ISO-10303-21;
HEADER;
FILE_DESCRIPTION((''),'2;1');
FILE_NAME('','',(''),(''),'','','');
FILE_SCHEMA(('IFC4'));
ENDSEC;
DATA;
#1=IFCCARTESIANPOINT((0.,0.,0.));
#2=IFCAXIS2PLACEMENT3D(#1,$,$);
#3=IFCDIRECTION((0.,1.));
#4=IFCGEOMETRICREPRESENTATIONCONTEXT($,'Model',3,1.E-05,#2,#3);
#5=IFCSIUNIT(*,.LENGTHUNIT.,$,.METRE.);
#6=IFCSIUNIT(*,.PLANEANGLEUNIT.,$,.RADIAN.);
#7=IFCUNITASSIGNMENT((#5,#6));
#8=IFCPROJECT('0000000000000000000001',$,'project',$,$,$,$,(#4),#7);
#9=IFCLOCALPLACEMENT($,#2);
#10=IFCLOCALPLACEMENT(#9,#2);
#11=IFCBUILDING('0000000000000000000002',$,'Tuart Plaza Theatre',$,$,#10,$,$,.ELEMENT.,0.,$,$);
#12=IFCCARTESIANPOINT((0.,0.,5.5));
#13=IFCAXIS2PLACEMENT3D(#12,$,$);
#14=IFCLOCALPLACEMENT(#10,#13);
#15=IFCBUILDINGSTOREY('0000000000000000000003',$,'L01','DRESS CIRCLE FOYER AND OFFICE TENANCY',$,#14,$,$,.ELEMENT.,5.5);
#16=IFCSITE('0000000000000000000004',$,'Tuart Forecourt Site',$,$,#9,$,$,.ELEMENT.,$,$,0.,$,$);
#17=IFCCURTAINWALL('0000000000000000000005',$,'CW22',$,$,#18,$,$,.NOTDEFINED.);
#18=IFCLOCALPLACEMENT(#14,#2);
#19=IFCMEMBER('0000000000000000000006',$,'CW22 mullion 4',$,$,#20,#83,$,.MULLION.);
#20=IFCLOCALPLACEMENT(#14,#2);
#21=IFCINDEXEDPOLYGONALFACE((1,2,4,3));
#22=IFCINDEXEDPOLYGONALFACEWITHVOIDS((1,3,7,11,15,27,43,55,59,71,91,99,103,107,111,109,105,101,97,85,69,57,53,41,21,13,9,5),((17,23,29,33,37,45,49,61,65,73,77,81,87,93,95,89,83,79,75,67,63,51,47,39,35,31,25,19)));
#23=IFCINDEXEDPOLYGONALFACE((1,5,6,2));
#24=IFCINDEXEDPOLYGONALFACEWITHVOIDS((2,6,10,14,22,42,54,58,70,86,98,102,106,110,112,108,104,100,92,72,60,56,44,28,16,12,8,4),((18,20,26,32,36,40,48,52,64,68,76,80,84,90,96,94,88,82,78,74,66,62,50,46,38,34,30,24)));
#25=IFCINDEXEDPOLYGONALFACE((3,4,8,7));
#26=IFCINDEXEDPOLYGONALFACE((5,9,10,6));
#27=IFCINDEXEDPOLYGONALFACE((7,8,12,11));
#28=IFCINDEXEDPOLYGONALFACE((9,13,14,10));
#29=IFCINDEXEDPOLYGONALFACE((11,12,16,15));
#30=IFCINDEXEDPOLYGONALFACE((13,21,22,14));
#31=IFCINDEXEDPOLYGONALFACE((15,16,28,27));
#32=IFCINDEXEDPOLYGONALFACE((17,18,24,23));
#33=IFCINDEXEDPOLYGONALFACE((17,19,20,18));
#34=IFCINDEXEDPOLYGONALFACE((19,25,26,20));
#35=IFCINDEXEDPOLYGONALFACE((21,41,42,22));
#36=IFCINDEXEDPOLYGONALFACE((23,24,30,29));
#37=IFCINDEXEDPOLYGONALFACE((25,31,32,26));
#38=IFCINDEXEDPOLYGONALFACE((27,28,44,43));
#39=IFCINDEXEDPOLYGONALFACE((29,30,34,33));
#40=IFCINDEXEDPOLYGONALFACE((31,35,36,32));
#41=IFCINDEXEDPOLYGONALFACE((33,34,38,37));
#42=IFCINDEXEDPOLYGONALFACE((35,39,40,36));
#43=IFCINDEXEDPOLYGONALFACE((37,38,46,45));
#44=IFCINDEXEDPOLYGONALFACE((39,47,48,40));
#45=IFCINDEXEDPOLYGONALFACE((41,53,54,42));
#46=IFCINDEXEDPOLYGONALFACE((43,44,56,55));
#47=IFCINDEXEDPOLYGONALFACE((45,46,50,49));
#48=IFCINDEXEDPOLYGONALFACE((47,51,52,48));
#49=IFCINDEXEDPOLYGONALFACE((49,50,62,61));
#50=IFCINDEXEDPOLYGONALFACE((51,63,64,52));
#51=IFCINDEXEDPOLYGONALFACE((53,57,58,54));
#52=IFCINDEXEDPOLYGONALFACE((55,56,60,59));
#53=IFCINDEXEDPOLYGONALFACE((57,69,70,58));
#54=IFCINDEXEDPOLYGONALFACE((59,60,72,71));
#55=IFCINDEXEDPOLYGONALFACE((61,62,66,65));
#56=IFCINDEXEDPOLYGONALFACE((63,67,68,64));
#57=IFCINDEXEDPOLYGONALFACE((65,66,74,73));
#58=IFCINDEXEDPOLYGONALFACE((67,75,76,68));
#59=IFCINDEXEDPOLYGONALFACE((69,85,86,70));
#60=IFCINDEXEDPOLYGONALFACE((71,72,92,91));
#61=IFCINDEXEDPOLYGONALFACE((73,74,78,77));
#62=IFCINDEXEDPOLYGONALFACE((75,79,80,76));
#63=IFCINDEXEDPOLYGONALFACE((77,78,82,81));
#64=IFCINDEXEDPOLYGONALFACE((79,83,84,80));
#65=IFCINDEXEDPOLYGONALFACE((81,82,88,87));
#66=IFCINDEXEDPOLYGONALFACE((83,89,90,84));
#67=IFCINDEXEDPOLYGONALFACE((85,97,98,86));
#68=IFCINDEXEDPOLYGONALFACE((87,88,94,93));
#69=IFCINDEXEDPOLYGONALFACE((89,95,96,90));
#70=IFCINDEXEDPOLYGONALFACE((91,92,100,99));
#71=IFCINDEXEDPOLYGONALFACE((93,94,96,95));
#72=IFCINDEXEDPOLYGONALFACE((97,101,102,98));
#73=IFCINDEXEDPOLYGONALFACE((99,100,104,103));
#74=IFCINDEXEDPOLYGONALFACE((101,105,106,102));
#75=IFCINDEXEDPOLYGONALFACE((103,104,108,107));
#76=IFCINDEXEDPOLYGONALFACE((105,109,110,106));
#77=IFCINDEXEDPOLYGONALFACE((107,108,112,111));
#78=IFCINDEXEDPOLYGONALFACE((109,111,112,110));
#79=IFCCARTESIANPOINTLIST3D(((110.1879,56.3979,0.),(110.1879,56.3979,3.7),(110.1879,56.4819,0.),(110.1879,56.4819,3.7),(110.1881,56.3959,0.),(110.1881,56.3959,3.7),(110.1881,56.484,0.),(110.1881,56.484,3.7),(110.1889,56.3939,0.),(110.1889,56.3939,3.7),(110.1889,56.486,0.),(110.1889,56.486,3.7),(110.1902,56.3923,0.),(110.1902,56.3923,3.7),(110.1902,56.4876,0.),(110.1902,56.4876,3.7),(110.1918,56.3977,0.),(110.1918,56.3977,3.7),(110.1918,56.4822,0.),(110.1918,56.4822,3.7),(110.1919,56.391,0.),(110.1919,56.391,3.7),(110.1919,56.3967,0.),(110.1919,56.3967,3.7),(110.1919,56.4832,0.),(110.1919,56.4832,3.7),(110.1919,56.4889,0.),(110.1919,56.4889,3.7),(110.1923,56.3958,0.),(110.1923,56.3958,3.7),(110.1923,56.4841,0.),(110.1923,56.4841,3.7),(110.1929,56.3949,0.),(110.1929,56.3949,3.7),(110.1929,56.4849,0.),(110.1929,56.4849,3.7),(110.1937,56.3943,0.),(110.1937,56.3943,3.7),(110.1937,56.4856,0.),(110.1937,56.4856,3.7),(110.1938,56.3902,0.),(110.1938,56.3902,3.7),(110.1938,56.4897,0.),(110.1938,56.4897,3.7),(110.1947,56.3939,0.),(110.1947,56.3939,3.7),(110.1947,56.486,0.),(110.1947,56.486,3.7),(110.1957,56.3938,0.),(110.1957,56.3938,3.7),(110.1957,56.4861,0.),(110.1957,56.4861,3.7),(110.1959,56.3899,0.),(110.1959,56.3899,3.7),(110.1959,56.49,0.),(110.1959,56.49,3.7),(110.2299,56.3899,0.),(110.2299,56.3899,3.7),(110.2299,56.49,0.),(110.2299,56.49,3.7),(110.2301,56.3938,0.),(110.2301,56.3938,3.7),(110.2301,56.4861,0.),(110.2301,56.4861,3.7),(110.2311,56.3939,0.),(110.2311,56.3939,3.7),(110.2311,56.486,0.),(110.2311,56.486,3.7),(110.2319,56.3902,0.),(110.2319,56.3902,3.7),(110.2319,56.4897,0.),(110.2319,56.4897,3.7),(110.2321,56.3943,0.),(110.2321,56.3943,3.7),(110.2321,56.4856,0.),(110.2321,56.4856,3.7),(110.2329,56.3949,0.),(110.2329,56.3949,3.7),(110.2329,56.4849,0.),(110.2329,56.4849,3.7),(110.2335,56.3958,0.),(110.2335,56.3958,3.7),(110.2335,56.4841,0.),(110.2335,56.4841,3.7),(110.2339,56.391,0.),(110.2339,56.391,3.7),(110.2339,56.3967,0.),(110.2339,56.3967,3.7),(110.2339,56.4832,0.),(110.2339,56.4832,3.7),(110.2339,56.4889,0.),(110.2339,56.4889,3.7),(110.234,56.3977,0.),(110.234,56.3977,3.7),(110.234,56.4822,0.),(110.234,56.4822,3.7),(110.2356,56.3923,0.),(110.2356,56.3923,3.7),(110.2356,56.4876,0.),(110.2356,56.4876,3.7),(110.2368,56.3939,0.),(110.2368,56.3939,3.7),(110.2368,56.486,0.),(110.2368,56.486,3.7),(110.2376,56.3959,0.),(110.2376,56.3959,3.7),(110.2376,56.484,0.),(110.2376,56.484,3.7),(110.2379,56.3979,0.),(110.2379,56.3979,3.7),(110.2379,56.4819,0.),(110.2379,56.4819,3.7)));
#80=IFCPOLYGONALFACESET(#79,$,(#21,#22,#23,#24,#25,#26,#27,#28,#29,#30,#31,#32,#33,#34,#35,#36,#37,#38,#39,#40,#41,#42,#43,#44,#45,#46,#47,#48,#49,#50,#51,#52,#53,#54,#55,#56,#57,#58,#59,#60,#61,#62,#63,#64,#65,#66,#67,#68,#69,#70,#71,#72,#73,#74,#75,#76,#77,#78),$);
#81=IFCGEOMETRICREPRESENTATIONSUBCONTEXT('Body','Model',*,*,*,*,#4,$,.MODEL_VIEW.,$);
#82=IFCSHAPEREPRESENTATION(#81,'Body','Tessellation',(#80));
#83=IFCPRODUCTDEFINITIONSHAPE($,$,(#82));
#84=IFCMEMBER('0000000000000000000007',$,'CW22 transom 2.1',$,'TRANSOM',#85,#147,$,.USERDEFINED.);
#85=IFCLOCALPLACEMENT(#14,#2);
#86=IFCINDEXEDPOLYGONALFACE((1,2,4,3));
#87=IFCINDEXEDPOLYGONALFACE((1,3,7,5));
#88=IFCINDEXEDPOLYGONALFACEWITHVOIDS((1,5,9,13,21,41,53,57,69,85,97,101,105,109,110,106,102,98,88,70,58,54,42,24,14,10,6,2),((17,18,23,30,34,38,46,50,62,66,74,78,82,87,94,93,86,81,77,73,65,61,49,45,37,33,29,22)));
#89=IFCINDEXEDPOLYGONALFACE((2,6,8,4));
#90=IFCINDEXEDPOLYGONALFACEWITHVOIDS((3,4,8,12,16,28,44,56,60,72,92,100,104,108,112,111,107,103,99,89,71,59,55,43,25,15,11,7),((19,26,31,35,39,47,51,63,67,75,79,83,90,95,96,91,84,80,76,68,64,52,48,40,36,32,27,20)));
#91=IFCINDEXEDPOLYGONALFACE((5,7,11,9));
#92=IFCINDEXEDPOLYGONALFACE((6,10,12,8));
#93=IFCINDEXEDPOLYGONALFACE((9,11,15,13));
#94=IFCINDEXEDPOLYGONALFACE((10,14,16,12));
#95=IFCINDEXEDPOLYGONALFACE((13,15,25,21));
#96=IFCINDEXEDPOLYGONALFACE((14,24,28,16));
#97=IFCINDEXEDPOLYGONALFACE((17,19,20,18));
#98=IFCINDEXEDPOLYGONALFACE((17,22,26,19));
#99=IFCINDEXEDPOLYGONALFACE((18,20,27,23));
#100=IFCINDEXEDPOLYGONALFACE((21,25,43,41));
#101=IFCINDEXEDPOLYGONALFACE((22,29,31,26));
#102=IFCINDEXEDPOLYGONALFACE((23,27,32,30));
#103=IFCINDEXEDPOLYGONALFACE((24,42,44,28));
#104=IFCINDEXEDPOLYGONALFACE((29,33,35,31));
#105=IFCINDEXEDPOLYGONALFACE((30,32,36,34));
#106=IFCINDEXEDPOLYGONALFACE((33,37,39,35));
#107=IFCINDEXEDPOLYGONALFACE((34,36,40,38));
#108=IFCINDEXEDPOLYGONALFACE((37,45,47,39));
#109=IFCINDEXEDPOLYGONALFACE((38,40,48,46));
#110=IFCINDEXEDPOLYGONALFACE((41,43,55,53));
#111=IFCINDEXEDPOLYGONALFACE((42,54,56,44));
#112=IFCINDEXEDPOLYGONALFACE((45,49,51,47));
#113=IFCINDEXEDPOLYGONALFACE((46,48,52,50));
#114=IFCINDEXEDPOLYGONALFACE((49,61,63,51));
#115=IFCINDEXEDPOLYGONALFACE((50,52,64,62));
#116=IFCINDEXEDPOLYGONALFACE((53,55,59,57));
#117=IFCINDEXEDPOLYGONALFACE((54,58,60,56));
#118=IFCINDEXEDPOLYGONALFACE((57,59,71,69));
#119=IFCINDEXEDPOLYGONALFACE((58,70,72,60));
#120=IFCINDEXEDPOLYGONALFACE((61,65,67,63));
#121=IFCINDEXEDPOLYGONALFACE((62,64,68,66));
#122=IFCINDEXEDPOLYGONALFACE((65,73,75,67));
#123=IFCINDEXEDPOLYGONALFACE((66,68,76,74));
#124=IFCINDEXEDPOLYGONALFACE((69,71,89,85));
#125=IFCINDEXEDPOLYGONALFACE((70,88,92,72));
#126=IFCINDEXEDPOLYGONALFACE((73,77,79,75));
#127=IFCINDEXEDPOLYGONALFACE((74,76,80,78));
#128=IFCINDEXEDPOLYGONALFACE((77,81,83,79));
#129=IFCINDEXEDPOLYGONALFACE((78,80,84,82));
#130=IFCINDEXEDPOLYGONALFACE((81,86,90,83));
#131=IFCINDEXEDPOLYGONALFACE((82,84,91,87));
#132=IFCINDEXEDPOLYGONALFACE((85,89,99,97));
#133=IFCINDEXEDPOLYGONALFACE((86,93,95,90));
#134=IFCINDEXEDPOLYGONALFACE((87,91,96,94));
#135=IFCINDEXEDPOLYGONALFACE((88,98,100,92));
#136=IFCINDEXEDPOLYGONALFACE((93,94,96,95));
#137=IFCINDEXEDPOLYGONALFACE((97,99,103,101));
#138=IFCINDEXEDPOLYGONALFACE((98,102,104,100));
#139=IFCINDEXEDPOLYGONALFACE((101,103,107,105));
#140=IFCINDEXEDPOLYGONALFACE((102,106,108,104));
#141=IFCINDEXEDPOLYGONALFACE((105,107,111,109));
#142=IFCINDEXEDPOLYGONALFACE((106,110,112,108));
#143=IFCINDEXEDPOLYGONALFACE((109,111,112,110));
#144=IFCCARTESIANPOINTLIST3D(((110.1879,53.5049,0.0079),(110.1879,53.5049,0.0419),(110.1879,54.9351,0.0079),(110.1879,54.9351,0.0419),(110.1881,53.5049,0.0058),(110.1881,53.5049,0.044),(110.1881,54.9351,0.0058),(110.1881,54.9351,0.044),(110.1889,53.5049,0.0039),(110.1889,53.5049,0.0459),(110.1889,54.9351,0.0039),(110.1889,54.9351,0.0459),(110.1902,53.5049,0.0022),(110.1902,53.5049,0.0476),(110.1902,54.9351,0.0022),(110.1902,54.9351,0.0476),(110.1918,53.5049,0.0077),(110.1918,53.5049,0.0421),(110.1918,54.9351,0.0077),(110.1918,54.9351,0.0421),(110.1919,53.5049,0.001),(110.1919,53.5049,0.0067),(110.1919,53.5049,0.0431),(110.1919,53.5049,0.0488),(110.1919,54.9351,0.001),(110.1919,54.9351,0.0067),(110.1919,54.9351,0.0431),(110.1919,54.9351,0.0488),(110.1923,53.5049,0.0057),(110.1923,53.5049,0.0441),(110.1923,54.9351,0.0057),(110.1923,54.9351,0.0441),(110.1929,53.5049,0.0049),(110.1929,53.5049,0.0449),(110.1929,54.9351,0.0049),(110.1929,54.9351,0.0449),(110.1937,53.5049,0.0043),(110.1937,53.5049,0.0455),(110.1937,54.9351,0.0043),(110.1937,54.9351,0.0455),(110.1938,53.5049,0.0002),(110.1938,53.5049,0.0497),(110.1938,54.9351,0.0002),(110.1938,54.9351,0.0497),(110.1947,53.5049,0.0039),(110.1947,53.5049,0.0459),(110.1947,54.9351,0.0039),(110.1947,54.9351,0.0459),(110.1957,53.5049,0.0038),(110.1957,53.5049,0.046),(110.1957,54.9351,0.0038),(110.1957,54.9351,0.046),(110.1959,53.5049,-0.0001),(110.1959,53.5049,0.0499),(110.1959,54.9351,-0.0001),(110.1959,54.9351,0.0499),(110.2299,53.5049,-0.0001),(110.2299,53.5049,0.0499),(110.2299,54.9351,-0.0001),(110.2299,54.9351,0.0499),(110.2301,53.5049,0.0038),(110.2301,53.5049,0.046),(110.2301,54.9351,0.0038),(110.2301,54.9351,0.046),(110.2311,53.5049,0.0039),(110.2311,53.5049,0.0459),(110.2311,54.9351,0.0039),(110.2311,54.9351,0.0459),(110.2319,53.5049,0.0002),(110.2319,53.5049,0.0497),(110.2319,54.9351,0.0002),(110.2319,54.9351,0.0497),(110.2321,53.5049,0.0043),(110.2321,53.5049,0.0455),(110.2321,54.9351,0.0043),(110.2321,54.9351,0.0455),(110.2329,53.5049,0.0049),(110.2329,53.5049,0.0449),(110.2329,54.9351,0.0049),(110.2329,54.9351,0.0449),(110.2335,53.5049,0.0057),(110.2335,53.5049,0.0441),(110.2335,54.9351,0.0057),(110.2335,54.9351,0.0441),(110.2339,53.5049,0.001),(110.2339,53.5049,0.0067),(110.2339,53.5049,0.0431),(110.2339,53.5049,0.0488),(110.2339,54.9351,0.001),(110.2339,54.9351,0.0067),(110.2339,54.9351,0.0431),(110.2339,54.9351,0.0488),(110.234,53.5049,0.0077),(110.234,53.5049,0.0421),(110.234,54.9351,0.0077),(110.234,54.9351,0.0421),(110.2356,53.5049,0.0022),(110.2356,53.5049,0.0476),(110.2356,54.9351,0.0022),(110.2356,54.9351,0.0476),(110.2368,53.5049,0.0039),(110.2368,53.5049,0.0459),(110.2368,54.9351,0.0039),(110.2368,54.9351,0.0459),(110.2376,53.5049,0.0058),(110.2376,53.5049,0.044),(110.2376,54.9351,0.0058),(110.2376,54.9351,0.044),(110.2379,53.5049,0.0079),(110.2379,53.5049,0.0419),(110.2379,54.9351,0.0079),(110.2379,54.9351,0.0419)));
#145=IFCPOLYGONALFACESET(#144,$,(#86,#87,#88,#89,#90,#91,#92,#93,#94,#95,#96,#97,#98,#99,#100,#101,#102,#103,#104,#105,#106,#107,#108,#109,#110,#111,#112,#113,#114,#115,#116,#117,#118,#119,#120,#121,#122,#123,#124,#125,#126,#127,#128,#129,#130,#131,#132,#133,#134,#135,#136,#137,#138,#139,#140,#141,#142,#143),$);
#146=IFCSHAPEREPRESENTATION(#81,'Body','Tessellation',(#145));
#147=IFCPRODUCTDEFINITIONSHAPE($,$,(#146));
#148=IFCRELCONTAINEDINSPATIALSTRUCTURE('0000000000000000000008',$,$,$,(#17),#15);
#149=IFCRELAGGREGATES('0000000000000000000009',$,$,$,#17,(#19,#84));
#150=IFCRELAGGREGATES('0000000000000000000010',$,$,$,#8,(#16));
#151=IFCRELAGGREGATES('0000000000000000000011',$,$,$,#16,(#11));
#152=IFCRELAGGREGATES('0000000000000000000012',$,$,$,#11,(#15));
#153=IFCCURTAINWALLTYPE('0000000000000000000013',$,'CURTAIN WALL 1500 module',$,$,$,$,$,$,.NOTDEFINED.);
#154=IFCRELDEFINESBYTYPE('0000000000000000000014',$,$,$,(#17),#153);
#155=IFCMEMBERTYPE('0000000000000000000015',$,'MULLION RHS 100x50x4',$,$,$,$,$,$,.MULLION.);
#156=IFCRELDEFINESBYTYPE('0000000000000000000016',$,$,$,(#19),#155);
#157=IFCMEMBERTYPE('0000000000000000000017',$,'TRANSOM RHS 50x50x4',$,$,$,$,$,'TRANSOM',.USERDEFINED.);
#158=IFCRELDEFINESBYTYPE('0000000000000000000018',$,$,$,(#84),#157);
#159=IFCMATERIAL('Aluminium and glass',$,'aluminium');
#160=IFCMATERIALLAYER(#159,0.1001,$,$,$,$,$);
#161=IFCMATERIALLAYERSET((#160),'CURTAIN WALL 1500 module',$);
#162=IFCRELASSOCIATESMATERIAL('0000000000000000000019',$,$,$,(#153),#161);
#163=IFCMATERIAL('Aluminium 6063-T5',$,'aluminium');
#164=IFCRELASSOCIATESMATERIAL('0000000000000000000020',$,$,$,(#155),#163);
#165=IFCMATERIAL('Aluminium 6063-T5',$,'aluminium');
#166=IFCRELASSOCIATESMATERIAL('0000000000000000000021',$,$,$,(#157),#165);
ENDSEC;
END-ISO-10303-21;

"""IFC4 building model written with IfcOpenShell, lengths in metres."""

from ifc_helpers import new_model, si_unit, direction, frame, origin, origin_2d, place, context, subcontext, project, spatial, hollow_rectangle, extrude, material, layer, layer_set, material_profile, profile_set, type_object, element, aggregate, save


model = new_model("IFC4")

# Units and contexts
model_context = context("Model", 3, precision=1e-05, world=origin(), true_north=direction((0.0, 1.0)))
body_context = subcontext(model_context, "Body", "Model", "MODEL_VIEW")
ifc_project = project(units=[si_unit("LENGTHUNIT", "METRE"), si_unit("PLANEANGLEUNIT", "RADIAN")], contexts=[model_context])

# Site, building, storey
site_placement = place(None, origin())
site = spatial("IfcSite", under=ifc_project, at=site_placement, Name="Tuart Forecourt Site", CompositionType="ELEMENT", RefElevation=0.0)
building_placement = place(site_placement, origin())
building = spatial("IfcBuilding", under=site, at=building_placement, Name="Tuart Plaza Theatre", CompositionType="ELEMENT", ElevationOfRefHeight=0.0)
storey_placement = place(building_placement, frame((0.0, 0.0, 5.5)))
storey = spatial("IfcBuildingStorey", under=building, at=storey_placement, Name="L01", Description="DRESS CIRCLE FOYER AND OFFICE TENANCY", CompositionType="ELEMENT", Elevation=5.5)

# Curtain wall, members
ifc_material_1 = material(Name="Aluminium and glass", Category="aluminium")
ifc_layer_1 = layer(ifc_material_1, 0.1001)
ifc_layer_set_1 = layer_set([ifc_layer_1], Name="CURTAIN WALL 1500 module")
curtain_wall_type = type_object("IfcCurtainWallType", Name="CURTAIN WALL 1500 module", PredefinedType="NOTDEFINED", material=ifc_layer_set_1)
curtain_wall_placement = place(storey_placement, origin())
curtain_wall = element("IfcCurtainWall", 1, at=curtain_wall_placement, inside=storey, type_object=curtain_wall_type, Name="CW22", PredefinedType="NOTDEFINED")
ifc_material_2 = material(Name="Aluminium 6063-T5", Category="aluminium")
ifc_material_profile_1 = material_profile(ifc_material_2, hollow_rectangle(XDim=0.05, YDim=0.1001, WallThickness=0.0039, InnerFilletRadius=0.0039, OuterFilletRadius=0.0081, at=origin_2d()), Name="RHS 100x50x4")
ifc_profile_set_1 = profile_set([ifc_material_profile_1], Name="Aluminium 6063-T5")
member_type_1 = type_object("IfcMemberType", Name="MULLION RHS 100x50x4", PredefinedType="MULLION", material=ifc_profile_set_1)
member_1_placement = place(storey_placement, frame((110.2129, 56.4399, 0.0), z_axis=(0.0, 0.0, 1.0), x_axis=(-1.0, 0.0, 0.0)))
member_1 = element("IfcMember", 2, at=member_1_placement, type_object=member_type_1, Name="CW22 mullion 4", PredefinedType="MULLION", context=body_context, shape_type="SweptSolid", body=[
    extrude(hollow_rectangle(XDim=0.05, YDim=0.1001, WallThickness=0.0039, InnerFilletRadius=0.0039, OuterFilletRadius=0.0081, at=origin_2d()), origin(), (0.0, 0.0, 1.0), 3.7),
])
ifc_material_3 = material(Name="Aluminium 6063-T5", Category="aluminium")
ifc_material_profile_2 = material_profile(ifc_material_3, hollow_rectangle(XDim=0.05, YDim=0.05, WallThickness=0.0039, InnerFilletRadius=0.0039, OuterFilletRadius=0.0081, at=origin_2d()), Name="RHS 50x50x4")
ifc_profile_set_2 = profile_set([ifc_material_profile_2], Name="Aluminium 6063-T5")
member_type_2 = type_object("IfcMemberType", Name="TRANSOM RHS 50x50x4", ElementType="TRANSOM", PredefinedType="USERDEFINED", material=ifc_profile_set_2)
member_2_placement = place(storey_placement, frame((110.2129, 53.5049, 0.0249), z_axis=(0.0, 1.0, 0.0), x_axis=(-1.0, 0.0, 0.0)))
member_2 = element("IfcMember", 3, at=member_2_placement, type_object=member_type_2, Name="CW22 transom 2.1", ObjectType="TRANSOM", PredefinedType="USERDEFINED", context=body_context, shape_type="SweptSolid", body=[
    extrude(hollow_rectangle(XDim=0.05, YDim=0.05, WallThickness=0.0039, InnerFilletRadius=0.0039, OuterFilletRadius=0.0081, at=origin_2d()), origin(), (0.0, 0.0, 1.0), 1.4302),
])
aggregate(curtain_wall, [member_1, member_2])

save(model, "model.ifc")
